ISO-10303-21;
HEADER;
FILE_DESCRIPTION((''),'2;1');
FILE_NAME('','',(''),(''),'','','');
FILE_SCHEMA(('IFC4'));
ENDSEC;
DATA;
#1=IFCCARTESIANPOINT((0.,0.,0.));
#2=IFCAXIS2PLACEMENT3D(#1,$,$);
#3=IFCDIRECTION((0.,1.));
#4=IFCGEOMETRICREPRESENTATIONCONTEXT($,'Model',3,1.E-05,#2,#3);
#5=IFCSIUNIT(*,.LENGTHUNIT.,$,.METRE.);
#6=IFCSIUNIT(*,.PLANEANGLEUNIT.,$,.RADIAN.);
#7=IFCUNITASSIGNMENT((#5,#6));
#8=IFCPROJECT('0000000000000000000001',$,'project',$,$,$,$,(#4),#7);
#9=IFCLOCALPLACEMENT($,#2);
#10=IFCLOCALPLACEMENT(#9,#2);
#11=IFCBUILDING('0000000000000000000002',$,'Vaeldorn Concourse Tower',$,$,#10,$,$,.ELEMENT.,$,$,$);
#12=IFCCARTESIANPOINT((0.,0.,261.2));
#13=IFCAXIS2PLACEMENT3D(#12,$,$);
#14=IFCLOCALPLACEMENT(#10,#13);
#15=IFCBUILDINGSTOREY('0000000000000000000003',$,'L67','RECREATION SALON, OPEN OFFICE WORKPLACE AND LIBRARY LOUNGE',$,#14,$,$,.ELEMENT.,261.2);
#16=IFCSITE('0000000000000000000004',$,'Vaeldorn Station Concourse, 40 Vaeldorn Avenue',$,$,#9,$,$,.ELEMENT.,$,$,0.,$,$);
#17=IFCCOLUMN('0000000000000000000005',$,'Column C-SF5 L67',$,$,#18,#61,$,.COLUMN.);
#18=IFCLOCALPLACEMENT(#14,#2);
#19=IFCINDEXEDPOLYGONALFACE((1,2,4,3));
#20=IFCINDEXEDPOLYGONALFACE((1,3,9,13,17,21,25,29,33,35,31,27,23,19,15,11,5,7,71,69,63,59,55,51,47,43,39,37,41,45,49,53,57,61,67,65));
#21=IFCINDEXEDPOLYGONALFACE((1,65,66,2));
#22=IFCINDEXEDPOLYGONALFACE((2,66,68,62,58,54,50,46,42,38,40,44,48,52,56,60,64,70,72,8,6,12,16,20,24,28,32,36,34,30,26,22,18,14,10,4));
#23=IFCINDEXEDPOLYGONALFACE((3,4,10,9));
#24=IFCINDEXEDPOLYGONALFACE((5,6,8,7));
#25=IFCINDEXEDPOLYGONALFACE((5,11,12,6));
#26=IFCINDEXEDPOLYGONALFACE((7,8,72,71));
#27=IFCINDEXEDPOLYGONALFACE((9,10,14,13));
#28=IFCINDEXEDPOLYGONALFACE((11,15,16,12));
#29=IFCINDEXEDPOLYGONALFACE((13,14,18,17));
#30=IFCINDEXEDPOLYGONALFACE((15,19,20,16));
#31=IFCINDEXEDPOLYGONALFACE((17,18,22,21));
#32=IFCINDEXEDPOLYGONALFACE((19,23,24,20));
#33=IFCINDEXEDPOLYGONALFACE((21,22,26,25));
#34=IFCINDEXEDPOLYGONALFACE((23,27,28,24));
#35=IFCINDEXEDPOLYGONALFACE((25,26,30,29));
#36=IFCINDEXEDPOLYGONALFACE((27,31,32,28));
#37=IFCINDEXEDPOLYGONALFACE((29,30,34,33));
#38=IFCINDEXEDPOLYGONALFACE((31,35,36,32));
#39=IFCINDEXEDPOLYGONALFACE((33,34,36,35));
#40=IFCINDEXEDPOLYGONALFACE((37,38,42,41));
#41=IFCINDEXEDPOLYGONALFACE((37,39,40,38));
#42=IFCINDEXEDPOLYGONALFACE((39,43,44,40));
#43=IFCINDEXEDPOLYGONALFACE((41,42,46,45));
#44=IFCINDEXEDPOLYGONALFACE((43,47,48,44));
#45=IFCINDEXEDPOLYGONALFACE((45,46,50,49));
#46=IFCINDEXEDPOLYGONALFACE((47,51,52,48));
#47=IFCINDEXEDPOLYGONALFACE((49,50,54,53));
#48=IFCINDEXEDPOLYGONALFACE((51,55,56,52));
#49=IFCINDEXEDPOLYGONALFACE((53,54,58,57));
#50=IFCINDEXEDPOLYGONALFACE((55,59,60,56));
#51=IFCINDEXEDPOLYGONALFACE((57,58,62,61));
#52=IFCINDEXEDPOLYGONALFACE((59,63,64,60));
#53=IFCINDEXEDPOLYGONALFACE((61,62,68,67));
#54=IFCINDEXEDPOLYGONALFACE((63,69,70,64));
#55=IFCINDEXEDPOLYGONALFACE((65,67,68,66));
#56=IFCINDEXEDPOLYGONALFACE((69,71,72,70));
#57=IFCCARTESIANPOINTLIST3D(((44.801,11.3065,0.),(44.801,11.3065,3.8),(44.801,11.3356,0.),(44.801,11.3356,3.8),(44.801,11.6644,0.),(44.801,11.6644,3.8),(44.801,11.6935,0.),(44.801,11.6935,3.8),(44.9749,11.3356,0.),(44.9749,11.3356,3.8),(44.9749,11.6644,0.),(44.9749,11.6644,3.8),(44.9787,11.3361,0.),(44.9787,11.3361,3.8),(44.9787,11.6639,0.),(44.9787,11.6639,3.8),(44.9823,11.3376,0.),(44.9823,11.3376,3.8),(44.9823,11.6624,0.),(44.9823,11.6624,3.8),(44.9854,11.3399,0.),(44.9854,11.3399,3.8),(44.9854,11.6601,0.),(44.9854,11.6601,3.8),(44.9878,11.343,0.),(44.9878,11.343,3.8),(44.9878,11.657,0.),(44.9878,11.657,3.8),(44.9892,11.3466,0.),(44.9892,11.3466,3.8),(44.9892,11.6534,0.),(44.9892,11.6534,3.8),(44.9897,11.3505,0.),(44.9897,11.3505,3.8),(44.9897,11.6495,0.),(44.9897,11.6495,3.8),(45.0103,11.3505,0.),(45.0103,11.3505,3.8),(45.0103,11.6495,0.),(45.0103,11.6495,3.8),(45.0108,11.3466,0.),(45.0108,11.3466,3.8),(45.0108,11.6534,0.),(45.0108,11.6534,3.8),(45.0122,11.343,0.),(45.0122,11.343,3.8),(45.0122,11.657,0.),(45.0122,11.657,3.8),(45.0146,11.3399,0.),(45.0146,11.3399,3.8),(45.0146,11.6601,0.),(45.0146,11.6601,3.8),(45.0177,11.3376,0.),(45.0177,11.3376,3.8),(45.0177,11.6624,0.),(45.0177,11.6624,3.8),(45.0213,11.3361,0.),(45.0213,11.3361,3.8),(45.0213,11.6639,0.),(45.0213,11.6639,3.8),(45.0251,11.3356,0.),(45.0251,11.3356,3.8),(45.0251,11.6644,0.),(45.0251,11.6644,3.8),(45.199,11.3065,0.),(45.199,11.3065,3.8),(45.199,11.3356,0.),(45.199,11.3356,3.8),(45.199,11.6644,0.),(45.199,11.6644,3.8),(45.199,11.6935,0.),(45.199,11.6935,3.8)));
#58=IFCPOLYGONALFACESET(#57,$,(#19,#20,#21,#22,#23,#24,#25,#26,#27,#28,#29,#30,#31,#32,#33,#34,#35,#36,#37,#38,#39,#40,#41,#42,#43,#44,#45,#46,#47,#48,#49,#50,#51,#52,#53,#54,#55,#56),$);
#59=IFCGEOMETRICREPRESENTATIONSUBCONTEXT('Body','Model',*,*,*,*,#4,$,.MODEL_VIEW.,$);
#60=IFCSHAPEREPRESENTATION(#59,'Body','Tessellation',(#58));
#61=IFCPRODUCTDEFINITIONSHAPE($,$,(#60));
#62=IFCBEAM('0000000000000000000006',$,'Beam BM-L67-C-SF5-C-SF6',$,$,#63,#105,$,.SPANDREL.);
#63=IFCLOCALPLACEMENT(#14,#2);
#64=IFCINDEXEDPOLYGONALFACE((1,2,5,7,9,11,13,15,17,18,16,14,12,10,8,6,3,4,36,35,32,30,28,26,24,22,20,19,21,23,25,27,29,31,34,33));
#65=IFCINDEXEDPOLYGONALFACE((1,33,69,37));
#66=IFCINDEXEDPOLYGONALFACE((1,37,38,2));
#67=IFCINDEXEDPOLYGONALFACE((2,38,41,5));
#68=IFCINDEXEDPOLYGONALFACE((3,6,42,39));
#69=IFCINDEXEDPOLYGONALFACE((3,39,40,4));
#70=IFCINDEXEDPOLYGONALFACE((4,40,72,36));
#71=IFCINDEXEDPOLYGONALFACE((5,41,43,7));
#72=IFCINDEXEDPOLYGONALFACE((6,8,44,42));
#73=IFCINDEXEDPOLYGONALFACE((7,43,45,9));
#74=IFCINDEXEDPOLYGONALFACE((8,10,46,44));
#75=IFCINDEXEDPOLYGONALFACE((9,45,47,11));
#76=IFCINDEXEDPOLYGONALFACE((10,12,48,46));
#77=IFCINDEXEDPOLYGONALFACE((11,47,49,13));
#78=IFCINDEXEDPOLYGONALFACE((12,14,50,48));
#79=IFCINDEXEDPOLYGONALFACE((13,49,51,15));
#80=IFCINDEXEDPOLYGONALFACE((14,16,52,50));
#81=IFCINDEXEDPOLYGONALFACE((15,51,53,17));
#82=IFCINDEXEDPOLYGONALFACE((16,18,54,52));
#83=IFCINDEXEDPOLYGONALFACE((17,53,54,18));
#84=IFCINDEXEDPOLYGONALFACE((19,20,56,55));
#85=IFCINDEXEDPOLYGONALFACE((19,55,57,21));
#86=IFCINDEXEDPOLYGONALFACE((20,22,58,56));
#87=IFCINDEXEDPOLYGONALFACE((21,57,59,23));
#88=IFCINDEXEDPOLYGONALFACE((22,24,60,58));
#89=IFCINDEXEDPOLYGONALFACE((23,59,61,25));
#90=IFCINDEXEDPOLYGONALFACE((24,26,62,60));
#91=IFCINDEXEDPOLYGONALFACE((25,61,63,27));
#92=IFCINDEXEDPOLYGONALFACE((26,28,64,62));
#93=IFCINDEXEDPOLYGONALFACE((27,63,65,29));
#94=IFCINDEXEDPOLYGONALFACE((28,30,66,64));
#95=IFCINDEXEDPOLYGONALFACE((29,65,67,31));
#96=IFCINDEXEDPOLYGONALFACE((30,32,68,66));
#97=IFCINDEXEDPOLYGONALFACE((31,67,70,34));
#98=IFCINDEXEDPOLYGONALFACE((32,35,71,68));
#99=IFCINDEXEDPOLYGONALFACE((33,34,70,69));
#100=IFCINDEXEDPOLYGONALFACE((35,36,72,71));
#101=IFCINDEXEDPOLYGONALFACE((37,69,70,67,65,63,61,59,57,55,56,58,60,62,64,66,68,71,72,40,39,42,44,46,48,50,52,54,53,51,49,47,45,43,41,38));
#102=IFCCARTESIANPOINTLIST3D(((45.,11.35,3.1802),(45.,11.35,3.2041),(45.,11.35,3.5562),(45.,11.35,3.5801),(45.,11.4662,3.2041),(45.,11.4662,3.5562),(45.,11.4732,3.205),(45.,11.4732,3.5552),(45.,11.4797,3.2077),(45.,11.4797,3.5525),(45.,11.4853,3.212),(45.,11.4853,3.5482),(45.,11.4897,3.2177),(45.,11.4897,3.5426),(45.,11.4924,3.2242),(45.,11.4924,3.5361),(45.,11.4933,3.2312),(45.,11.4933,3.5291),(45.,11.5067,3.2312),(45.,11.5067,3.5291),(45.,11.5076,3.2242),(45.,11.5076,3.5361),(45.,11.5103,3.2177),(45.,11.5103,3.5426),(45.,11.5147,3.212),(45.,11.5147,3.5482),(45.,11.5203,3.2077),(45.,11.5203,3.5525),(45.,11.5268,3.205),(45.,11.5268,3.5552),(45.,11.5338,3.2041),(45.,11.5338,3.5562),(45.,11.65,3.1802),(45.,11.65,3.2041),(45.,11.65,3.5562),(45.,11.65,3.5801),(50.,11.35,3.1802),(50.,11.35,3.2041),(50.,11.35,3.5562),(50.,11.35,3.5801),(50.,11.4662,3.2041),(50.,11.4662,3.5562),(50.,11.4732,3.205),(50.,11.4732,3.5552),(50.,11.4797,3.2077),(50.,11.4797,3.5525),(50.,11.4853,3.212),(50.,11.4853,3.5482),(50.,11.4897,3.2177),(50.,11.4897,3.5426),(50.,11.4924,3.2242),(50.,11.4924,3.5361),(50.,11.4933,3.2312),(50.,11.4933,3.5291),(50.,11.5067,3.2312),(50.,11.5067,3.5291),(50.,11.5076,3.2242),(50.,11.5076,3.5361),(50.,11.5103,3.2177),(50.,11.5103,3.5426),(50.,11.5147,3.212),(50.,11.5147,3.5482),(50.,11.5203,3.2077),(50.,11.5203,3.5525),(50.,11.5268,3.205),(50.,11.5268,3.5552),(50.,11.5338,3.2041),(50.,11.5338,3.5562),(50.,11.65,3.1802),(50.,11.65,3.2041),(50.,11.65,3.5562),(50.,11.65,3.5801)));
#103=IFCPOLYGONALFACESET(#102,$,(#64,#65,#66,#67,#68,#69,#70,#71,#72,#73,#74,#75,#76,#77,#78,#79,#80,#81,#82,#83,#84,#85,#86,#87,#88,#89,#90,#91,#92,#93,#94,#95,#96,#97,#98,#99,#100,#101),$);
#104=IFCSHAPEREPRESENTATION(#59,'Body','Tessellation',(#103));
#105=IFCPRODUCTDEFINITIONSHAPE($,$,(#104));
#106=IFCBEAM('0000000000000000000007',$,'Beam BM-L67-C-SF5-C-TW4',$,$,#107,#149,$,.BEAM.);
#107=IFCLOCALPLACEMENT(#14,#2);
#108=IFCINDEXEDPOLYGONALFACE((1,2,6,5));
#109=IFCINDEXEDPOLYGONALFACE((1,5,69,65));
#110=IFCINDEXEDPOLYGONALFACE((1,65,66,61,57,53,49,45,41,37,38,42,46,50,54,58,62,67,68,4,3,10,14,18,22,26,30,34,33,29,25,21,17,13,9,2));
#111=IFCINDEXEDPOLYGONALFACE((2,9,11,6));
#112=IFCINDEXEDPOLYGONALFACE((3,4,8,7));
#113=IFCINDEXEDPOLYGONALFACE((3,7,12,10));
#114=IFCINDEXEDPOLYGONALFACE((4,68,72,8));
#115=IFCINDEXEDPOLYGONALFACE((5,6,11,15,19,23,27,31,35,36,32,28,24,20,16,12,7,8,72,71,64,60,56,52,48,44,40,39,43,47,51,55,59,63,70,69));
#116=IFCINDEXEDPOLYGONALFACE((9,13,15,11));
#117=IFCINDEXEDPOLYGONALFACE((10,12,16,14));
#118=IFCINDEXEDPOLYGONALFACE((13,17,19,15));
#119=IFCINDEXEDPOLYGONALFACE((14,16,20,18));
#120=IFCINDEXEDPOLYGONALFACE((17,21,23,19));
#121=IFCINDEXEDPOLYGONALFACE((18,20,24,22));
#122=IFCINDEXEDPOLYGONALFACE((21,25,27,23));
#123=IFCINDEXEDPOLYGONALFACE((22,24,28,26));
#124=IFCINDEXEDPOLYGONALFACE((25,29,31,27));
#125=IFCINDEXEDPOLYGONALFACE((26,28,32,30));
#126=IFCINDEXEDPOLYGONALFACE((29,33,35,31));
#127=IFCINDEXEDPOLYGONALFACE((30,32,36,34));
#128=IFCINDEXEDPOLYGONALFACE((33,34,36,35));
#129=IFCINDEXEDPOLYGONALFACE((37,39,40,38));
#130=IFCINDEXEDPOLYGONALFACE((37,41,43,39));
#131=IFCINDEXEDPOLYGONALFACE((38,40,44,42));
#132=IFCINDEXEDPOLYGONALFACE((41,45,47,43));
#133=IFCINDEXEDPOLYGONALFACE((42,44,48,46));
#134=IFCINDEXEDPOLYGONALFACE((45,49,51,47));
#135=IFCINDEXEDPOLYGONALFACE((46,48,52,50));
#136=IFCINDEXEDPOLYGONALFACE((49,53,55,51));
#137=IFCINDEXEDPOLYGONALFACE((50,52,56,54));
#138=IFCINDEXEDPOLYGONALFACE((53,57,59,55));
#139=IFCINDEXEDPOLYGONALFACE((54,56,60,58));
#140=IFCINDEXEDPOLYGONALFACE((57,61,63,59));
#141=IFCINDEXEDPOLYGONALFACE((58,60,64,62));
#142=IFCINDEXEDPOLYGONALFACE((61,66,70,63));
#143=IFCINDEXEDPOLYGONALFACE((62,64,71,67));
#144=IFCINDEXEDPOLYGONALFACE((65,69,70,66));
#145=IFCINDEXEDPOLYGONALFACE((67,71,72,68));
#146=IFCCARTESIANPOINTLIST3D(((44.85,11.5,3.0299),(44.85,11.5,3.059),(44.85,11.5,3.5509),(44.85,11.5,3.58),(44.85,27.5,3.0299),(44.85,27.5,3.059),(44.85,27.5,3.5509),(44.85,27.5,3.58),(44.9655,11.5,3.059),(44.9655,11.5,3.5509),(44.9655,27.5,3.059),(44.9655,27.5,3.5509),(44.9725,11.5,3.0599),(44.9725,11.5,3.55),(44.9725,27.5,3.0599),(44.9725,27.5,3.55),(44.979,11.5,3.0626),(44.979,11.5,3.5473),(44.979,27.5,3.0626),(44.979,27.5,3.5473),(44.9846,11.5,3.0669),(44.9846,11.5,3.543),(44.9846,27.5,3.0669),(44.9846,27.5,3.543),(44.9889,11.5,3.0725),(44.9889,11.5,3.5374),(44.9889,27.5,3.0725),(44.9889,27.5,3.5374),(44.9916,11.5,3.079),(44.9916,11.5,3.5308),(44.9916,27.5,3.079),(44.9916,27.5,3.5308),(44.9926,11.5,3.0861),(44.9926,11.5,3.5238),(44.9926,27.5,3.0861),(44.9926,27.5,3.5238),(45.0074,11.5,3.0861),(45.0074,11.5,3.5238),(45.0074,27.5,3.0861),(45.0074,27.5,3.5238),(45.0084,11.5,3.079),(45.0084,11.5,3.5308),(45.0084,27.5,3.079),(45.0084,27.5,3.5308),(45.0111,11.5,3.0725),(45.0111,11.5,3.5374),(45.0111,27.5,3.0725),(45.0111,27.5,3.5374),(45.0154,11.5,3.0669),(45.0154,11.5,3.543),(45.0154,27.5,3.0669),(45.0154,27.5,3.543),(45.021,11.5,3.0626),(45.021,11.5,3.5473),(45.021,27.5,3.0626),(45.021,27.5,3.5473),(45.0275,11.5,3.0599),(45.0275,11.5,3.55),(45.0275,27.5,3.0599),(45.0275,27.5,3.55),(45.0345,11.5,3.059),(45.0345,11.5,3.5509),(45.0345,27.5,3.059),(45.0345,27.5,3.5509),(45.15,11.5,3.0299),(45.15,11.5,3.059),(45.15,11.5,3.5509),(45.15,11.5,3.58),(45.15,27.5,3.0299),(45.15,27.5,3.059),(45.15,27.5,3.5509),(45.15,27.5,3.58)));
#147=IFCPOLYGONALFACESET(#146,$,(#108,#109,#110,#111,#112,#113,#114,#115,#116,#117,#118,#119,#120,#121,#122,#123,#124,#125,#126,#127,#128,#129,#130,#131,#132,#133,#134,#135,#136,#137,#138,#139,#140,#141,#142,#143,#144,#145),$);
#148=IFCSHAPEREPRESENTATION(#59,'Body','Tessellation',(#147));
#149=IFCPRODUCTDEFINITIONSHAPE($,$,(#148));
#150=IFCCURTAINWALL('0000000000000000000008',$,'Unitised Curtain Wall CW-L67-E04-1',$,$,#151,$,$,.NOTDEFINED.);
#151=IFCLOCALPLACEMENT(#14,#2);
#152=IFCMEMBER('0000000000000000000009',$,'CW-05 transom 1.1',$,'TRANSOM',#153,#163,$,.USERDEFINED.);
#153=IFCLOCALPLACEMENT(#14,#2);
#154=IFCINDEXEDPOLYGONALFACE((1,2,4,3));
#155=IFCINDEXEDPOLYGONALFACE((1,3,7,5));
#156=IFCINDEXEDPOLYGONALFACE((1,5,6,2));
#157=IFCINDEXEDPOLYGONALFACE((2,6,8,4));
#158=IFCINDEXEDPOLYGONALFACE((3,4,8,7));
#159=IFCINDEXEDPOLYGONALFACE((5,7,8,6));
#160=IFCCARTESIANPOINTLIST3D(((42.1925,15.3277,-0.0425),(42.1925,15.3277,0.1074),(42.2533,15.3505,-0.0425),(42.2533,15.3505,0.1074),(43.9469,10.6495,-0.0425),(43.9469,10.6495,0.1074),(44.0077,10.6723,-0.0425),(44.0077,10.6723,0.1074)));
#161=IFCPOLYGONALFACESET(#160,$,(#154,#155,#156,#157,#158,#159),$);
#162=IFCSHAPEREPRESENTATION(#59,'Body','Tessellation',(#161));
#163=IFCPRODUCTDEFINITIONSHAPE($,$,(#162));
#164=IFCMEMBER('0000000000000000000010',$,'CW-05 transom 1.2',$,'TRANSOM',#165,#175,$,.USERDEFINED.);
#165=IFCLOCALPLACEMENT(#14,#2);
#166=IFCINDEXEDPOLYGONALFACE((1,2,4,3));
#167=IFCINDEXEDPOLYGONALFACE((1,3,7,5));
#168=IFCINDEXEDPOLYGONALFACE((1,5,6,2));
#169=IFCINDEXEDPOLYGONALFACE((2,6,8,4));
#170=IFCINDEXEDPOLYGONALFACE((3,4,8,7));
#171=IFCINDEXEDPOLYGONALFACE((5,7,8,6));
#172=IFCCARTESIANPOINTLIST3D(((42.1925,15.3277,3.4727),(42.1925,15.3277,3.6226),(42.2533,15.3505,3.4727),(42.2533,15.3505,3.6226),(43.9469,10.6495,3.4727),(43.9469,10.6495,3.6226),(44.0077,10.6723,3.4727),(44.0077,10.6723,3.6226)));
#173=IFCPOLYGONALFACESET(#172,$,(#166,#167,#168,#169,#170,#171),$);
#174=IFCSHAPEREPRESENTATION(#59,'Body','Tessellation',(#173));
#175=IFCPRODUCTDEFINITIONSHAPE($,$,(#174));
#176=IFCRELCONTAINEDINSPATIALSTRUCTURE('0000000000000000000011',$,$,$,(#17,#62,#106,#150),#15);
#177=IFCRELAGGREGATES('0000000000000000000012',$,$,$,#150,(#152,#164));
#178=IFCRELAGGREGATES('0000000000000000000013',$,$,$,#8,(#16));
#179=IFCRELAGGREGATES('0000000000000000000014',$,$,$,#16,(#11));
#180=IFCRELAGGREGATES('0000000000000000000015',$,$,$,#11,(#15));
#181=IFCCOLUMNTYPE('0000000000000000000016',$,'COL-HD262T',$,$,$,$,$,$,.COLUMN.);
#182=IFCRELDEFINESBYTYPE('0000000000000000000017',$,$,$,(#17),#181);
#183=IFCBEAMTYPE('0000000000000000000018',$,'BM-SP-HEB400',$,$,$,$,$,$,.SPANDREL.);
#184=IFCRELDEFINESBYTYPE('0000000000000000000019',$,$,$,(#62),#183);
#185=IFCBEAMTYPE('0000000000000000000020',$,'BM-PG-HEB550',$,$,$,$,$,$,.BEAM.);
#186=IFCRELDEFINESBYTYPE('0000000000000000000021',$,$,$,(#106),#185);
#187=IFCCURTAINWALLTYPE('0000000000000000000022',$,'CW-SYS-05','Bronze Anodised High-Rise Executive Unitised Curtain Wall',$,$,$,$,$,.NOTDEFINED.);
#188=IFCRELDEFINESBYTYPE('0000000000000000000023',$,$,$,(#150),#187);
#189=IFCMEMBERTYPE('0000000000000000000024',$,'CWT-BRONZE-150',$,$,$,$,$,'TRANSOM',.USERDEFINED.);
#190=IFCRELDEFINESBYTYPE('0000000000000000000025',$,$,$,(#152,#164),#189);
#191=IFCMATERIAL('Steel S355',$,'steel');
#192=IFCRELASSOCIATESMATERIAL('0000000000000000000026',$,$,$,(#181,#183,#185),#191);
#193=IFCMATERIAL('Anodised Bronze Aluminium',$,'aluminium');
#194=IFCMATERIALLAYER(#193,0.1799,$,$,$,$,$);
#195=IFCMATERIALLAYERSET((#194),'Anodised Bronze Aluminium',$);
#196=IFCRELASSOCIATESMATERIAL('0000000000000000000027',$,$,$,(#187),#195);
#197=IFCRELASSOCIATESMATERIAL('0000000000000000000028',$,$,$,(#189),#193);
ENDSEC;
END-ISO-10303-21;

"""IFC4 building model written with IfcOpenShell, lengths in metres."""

from ifc_helpers import new_model, si_unit, direction, frame, origin, origin_2d, place, context, subcontext, project, spatial, rectangle, i_section, extrude, source, transform, mapped, material, layer, layer_set, material_profile, profile_set, type_object, element, aggregate, save


model = new_model("IFC4")

# Units and contexts
model_context = context("Model", 3, precision=1e-05, world=origin(), true_north=direction((0.0, 1.0)))
body_context = subcontext(model_context, "Body", "Model", "MODEL_VIEW")
ifc_project = project(units=[si_unit("LENGTHUNIT", "METRE"), si_unit("PLANEANGLEUNIT", "RADIAN")], contexts=[model_context])

# Site, building, storey
site_placement = place(None, origin())
site = spatial("IfcSite", under=ifc_project, at=site_placement, Name="Vaeldorn Station Concourse, 40 Vaeldorn Avenue", CompositionType="ELEMENT", RefElevation=0.0)
building_placement = place(site_placement, origin())
building = spatial("IfcBuilding", under=site, at=building_placement, Name="Vaeldorn Concourse Tower", CompositionType="ELEMENT")
storey_placement = place(building_placement, frame((0.0, 0.0, 261.2)))
storey = spatial("IfcBuildingStorey", under=building, at=storey_placement, Name="L67", Description="RECREATION SALON, OPEN OFFICE WORKPLACE AND LIBRARY LOUNGE", CompositionType="ELEMENT", Elevation=261.2)

# Column
ifc_material_1 = material(Name="Steel S355", Category="steel")
ifc_material_profile_1 = material_profile(ifc_material_1, i_section(OverallWidth=0.3979, OverallDepth=0.387, WebThickness=0.0205, FlangeThickness=0.0291, FilletRadius=0.0149, at=origin_2d()), Name="HD 400x262")
ifc_profile_set_1 = profile_set([ifc_material_profile_1], Name="Steel S355")
column_type = type_object("IfcColumnType", Name="COL-HD262T", PredefinedType="COLUMN", material=ifc_profile_set_1)
shared_shape_1 = source(origin(), body_context, "Body", "SweptSolid", [
    extrude(i_section(OverallWidth=0.3979, OverallDepth=0.387, WebThickness=0.0205, FlangeThickness=0.0291, FilletRadius=0.0149, at=origin_2d()), origin(), (0.0, 0.0, 1.0), 3.8),
])
column_placement = place(storey_placement, frame((45.0, 11.5, 0.0), z_axis=(0.0, 0.0, 1.0), x_axis=(1.0, 0.0, 0.0)))
element("IfcColumn", 1, at=column_placement, inside=storey, type_object=column_type, Name="Column C-SF5 L67", PredefinedType="COLUMN", context=body_context, shape_type="MappedRepresentation", body=[
    mapped(shared_shape_1, transform((0.0, 0.0, 0.0), scale=1.0)),
])

# Beams
ifc_material_profile_2 = material_profile(ifc_material_1, i_section(OverallWidth=0.3, OverallDepth=0.3999, WebThickness=0.0134, FlangeThickness=0.0239, FilletRadius=0.0271, at=origin_2d()), Name="HEB 400")
ifc_profile_set_2 = profile_set([ifc_material_profile_2], Name="Steel S355")
beam_type_1 = type_object("IfcBeamType", Name="BM-SP-HEB400", PredefinedType="SPANDREL", material=ifc_profile_set_2)
shared_shape_2 = source(origin(), body_context, "Body", "SweptSolid", [
    extrude(i_section(OverallWidth=0.3, OverallDepth=0.3999, WebThickness=0.0134, FlangeThickness=0.0239, FilletRadius=0.0271, at=origin_2d()), origin(), (0.0, 0.0, 1.0), 5.0),
])
beam_1_placement = place(storey_placement, frame((45.0, 11.5, 3.3801), z_axis=(1.0, 0.0, 0.0), x_axis=(0.0, 1.0, 0.0)))
element("IfcBeam", 2, at=beam_1_placement, inside=storey, type_object=beam_type_1, Name="Beam BM-L67-C-SF5-C-SF6", PredefinedType="SPANDREL", context=body_context, shape_type="MappedRepresentation", body=[
    mapped(shared_shape_2, transform((0.0, 0.0, 0.0), scale=1.0)),
])
ifc_material_profile_3 = material_profile(ifc_material_1, i_section(OverallWidth=0.3, OverallDepth=0.55, WebThickness=0.0149, FlangeThickness=0.0291, FilletRadius=0.0271, at=origin_2d()), Name="HEB 550")
ifc_profile_set_3 = profile_set([ifc_material_profile_3], Name="Steel S355")
beam_type_2 = type_object("IfcBeamType", Name="BM-PG-HEB550", PredefinedType="BEAM", material=ifc_profile_set_3)
shared_shape_3 = source(origin(), body_context, "Body", "SweptSolid", [
    extrude(i_section(OverallWidth=0.3, OverallDepth=0.55, WebThickness=0.0149, FlangeThickness=0.0291, FilletRadius=0.0271, at=origin_2d()), origin(), (0.0, 0.0, 1.0), 16.0),
])
beam_2_placement = place(storey_placement, frame((45.0, 11.5, 3.3049), z_axis=(0.0, 1.0, 0.0), x_axis=(-1.0, 0.0, 0.0)))
element("IfcBeam", 3, at=beam_2_placement, inside=storey, type_object=beam_type_2, Name="Beam BM-L67-C-SF5-C-TW4", PredefinedType="BEAM", context=body_context, shape_type="MappedRepresentation", body=[
    mapped(shared_shape_3, transform((0.0, 0.0, 0.0), scale=1.0)),
])

# Curtain wall, members
ifc_material_2 = material(Name="Anodised Bronze Aluminium", Category="aluminium")
ifc_layer_1 = layer(ifc_material_2, 0.1799)
ifc_layer_set_1 = layer_set([ifc_layer_1], Name="Anodised Bronze Aluminium")
curtain_wall_type = type_object("IfcCurtainWallType", Name="CW-SYS-05", Description="Bronze Anodised High-Rise Executive Unitised Curtain Wall", PredefinedType="NOTDEFINED", material=ifc_layer_set_1)
curtain_wall_1_placement = place(storey_placement, origin())
curtain_wall_1 = element("IfcCurtainWall", 4, at=curtain_wall_1_placement, inside=storey, type_object=curtain_wall_type, Name="Unitised Curtain Wall CW-L67-E04-1", PredefinedType="NOTDEFINED")
ifc_material_profile_4 = material_profile(ifc_material_2, rectangle(XDim=0.0649, YDim=0.1499, at=origin_2d()), Name="CWT 65x150")
ifc_profile_set_4 = profile_set([ifc_material_profile_4], Name="Anodised Bronze Aluminium")
member_type_1 = type_object("IfcMemberType", Name="CWT-BRONZE-150", ElementType="TRANSOM", PredefinedType="USERDEFINED", material=ifc_profile_set_4)
shared_shape_4 = source(origin(), body_context, "Body", "SweptSolid", [
    extrude(rectangle(XDim=0.0649, YDim=0.1499, at=origin_2d()), origin(), (0.0, 0.0, 1.0), 4.9963),
])
member_1_placement = place(storey_placement, frame((42.2229, 15.3391, 0.0325), z_axis=(0.351134, -0.936325, 0.0), x_axis=(0.936325, 0.351134, 0.0)))
member_1 = element("IfcMember", 5, at=member_1_placement, type_object=member_type_1, Name="CW-05 transom 1.1", ObjectType="TRANSOM", PredefinedType="USERDEFINED", context=body_context, shape_type="MappedRepresentation", body=[
    mapped(shared_shape_4, transform((0.0, 0.0, 0.0), scale=1.0)),
])
member_2_placement = place(storey_placement, frame((42.2229, 15.3391, 3.5476), z_axis=(0.351134, -0.936325, 0.0), x_axis=(0.936325, 0.351134, 0.0)))
member_2 = element("IfcMember", 6, at=member_2_placement, type_object=member_type_1, Name="CW-05 transom 1.2", ObjectType="TRANSOM", PredefinedType="USERDEFINED", context=body_context, shape_type="MappedRepresentation", body=[
    mapped(shared_shape_4, transform((0.0, 0.0, 0.0), scale=1.0)),
])

aggregate(curtain_wall_1, [member_1, member_2])

save(model, "model.ifc")
